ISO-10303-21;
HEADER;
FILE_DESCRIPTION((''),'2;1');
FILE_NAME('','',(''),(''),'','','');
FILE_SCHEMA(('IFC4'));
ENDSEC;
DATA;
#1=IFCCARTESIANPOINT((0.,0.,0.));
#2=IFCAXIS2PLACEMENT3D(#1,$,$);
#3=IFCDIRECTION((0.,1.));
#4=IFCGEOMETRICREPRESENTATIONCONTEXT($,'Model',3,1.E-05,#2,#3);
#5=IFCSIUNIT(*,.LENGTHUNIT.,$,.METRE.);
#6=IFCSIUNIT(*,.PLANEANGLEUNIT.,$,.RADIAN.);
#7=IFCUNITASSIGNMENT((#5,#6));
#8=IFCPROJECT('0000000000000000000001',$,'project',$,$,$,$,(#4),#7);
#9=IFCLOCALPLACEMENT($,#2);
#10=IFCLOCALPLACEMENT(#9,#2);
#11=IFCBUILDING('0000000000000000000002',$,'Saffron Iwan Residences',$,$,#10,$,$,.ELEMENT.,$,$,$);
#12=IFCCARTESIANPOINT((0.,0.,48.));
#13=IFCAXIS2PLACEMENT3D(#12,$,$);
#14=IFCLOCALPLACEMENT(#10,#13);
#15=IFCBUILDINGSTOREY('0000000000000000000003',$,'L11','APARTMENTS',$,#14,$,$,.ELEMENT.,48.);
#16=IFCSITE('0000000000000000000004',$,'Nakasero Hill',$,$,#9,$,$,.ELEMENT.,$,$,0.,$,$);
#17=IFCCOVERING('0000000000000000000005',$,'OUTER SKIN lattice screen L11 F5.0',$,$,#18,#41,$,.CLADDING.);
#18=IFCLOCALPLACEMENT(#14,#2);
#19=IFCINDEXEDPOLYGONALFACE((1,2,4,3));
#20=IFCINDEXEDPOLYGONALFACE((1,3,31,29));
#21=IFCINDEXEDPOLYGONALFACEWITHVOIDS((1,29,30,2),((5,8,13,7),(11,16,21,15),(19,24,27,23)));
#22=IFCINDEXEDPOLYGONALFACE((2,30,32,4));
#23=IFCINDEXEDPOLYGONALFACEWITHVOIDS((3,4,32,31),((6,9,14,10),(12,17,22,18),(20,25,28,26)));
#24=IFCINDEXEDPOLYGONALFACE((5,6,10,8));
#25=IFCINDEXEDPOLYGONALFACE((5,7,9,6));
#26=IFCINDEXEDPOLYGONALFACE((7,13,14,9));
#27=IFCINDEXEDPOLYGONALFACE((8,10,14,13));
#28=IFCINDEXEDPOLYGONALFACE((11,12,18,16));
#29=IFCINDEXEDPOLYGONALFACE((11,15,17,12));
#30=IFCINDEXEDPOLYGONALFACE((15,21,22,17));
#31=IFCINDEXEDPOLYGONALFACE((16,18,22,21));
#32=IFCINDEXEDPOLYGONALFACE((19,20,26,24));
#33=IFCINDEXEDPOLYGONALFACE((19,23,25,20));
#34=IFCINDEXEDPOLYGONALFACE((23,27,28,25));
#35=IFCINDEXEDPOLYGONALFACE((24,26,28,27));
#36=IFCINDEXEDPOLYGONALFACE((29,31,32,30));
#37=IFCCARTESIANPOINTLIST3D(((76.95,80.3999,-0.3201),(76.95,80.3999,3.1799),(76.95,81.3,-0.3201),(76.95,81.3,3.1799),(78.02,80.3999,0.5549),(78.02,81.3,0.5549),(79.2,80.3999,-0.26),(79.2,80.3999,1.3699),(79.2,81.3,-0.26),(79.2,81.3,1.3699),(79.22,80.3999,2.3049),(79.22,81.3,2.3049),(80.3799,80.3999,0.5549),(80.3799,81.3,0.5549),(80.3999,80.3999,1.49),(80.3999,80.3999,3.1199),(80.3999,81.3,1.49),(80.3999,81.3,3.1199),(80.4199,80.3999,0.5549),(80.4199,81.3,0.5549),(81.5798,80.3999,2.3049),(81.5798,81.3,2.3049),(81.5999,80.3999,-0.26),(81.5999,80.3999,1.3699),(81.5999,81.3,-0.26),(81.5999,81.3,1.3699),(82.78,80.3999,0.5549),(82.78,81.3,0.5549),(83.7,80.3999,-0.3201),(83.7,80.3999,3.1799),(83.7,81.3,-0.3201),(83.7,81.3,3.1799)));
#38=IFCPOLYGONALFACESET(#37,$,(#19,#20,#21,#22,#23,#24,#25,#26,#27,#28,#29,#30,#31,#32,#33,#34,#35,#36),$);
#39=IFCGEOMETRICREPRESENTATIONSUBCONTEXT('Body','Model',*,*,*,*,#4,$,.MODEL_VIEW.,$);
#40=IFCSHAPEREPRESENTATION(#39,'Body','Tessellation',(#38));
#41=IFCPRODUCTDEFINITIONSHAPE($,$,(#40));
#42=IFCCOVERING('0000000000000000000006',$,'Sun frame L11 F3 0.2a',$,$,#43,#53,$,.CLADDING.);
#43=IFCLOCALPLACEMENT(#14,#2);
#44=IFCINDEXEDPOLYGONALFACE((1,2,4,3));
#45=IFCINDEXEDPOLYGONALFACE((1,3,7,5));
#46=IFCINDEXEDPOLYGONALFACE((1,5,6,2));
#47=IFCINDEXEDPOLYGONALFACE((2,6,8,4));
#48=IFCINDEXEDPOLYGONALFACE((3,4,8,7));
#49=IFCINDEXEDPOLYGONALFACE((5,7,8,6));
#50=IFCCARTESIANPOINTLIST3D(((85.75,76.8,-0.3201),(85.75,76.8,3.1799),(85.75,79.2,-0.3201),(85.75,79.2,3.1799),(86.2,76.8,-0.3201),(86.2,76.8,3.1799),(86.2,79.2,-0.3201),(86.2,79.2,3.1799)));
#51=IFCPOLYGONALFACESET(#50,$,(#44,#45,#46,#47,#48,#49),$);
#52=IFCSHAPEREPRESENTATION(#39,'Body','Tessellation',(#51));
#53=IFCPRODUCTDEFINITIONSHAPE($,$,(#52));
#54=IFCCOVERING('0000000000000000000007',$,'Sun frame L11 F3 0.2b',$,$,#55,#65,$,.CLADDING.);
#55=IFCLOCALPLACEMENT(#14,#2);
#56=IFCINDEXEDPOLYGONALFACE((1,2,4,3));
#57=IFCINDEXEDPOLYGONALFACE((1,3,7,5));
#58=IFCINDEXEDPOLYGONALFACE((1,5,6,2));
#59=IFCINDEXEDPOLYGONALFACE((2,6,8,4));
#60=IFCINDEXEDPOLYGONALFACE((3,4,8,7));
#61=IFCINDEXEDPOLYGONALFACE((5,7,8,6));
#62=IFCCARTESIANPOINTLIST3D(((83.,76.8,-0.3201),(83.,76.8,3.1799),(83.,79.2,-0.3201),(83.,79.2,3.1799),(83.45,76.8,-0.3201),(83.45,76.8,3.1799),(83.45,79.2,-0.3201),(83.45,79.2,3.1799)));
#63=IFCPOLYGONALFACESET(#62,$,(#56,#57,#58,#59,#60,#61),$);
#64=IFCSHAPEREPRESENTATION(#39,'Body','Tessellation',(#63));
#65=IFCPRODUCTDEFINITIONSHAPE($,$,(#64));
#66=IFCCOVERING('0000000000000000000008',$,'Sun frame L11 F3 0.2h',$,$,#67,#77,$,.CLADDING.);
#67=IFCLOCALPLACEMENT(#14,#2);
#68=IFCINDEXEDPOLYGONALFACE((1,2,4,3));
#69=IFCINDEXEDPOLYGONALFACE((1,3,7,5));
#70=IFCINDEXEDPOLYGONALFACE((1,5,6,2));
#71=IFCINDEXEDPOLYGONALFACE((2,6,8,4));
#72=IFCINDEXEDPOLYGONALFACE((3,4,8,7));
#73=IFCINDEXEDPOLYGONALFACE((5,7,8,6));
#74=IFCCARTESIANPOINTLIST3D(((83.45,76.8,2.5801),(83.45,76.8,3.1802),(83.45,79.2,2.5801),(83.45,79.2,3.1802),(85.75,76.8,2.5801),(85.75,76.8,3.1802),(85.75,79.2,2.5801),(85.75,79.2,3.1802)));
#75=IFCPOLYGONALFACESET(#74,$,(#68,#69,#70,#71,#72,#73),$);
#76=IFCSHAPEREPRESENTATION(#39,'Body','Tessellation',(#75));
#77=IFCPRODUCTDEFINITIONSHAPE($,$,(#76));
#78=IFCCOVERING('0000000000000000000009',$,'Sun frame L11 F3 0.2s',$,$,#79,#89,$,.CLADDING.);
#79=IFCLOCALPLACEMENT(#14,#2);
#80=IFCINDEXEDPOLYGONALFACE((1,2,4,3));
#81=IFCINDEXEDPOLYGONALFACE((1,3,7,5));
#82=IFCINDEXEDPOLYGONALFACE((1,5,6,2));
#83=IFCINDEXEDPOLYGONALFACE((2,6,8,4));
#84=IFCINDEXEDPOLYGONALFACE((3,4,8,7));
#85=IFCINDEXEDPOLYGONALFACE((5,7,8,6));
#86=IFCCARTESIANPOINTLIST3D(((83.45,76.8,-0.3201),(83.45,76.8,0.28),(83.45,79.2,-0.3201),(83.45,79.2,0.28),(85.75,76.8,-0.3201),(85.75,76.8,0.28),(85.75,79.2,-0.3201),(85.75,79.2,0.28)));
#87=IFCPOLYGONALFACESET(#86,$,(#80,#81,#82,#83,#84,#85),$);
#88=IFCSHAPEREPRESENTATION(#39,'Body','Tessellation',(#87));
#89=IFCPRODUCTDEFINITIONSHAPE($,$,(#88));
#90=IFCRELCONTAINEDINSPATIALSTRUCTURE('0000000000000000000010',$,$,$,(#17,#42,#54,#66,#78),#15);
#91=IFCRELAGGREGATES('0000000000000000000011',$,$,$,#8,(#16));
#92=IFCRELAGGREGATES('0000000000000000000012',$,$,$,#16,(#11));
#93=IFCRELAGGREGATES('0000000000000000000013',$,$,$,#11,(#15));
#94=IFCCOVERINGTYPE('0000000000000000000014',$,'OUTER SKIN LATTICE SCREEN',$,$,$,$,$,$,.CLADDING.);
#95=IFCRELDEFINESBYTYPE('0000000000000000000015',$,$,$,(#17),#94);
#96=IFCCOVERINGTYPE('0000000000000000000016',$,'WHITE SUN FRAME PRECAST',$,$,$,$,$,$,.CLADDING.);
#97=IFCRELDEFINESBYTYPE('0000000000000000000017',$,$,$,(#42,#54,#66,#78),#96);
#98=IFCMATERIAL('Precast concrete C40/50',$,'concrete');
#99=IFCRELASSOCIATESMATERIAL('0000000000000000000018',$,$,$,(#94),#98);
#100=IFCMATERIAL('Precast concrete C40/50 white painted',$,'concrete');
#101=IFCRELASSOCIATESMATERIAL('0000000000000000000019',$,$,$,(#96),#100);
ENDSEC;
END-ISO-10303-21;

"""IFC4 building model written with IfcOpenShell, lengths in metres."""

from ifc_helpers import new_model, si_unit, direction, frame, origin, place, context, subcontext, project, spatial, polyline, outline, extrude, material, type_object, element, save


model = new_model("IFC4")

# Units and contexts
model_context = context("Model", 3, precision=1e-05, world=origin(), true_north=direction((0.0, 1.0)))
body_context = subcontext(model_context, "Body", "Model", "MODEL_VIEW")
ifc_project = project(units=[si_unit("LENGTHUNIT", "METRE"), si_unit("PLANEANGLEUNIT", "RADIAN")], contexts=[model_context])

# Site, building, storey
site_placement = place(None, origin())
site = spatial("IfcSite", under=ifc_project, at=site_placement, Name="Nakasero Hill", CompositionType="ELEMENT", RefElevation=0.0)
building_placement = place(site_placement, origin())
building = spatial("IfcBuilding", under=site, at=building_placement, Name="Saffron Iwan Residences", CompositionType="ELEMENT")
storey_placement = place(building_placement, frame((0.0, 0.0, 48.0)))
storey = spatial("IfcBuildingStorey", under=building, at=storey_placement, Name="L11", Description="APARTMENTS", CompositionType="ELEMENT", Elevation=48.0)

# Coverings
ifc_material_1 = material(Name="Precast concrete C40/50", Category="concrete")
covering_type_1 = type_object("IfcCoveringType", Name="OUTER SKIN LATTICE SCREEN", PredefinedType="CLADDING", material=ifc_material_1)
covering_1_placement = place(storey_placement, frame((83.7, 80.3999, -0.3201), z_axis=(0.0, 1.0, 0.0), x_axis=(-1.0, 0.0, 0.0)))
element("IfcCovering", 1, at=covering_1_placement, inside=storey, type_object=covering_type_1, Name="OUTER SKIN lattice screen L11 F5.0", PredefinedType="CLADDING", context=body_context, shape_type="SweptSolid", body=[
    extrude(outline(polyline([(0.0, 0.0), (6.75, 0.0), (6.75, 3.5), (0.0, 3.5), (0.0, 0.0)]), holes=[polyline([(0.9199, 0.875), (2.1001, 0.0601), (3.28, 0.875), (2.1001, 1.6899), (0.9199, 0.875)]), polyline([(3.3201, 0.875), (4.5, 0.0601), (5.6799, 0.875), (4.5, 1.6899), (3.3201, 0.875)]), polyline([(2.1201, 2.625), (3.3, 1.8101), (4.48, 2.625), (3.3, 3.4399), (2.1201, 2.625)])]), origin(), (0.0, 0.0, 1.0), 0.9001),
])
ifc_material_2 = material(Name="Precast concrete C40/50 white painted", Category="concrete")
covering_type_2 = type_object("IfcCoveringType", Name="WHITE SUN FRAME PRECAST", PredefinedType="CLADDING", material=ifc_material_2)
for number, where, z_axis, x_axis, name in (
    (2, (86.2, 76.8, -0.3201), (0.0, 1.0, 0.0), (-1.0, 0.0, 0.0), "Sun frame L11 F3 0.2a"),
    (3, (83.45, 76.8, -0.3201), (0.0, 1.0, 0.0), (-1.0, 0.0, 0.0), "Sun frame L11 F3 0.2b"),
):
    element("IfcCovering", number, at=place(storey_placement, frame(where, z_axis=z_axis, x_axis=x_axis)), inside=storey, type_object=covering_type_2, Name=name, PredefinedType="CLADDING", context=body_context, shape_type="SweptSolid", body=[
        extrude(outline(polyline([(0.0, 0.0), (0.45, 0.0), (0.45, 3.5), (0.0, 3.5), (0.0, 0.0)])), origin(), (0.0, 0.0, 1.0), 2.3999),
    ])
for number, where, z_axis, x_axis, name in (
    (4, (85.75, 76.8, 2.5801), (0.0, 1.0, 0.0), (-1.0, 0.0, 0.0), "Sun frame L11 F3 0.2h"),
    (5, (85.75, 76.8, -0.3201), (0.0, 1.0, 0.0), (-1.0, 0.0, 0.0), "Sun frame L11 F3 0.2s"),
):
    element("IfcCovering", number, at=place(storey_placement, frame(where, z_axis=z_axis, x_axis=x_axis)), inside=storey, type_object=covering_type_2, Name=name, PredefinedType="CLADDING", context=body_context, shape_type="SweptSolid", body=[
        extrude(outline(polyline([(0.0, 0.0), (2.3, 0.0), (2.3, 0.6001), (0.0, 0.6001), (0.0, 0.0)])), origin(), (0.0, 0.0, 1.0), 2.3999),
    ])

save(model, "model.ifc")
